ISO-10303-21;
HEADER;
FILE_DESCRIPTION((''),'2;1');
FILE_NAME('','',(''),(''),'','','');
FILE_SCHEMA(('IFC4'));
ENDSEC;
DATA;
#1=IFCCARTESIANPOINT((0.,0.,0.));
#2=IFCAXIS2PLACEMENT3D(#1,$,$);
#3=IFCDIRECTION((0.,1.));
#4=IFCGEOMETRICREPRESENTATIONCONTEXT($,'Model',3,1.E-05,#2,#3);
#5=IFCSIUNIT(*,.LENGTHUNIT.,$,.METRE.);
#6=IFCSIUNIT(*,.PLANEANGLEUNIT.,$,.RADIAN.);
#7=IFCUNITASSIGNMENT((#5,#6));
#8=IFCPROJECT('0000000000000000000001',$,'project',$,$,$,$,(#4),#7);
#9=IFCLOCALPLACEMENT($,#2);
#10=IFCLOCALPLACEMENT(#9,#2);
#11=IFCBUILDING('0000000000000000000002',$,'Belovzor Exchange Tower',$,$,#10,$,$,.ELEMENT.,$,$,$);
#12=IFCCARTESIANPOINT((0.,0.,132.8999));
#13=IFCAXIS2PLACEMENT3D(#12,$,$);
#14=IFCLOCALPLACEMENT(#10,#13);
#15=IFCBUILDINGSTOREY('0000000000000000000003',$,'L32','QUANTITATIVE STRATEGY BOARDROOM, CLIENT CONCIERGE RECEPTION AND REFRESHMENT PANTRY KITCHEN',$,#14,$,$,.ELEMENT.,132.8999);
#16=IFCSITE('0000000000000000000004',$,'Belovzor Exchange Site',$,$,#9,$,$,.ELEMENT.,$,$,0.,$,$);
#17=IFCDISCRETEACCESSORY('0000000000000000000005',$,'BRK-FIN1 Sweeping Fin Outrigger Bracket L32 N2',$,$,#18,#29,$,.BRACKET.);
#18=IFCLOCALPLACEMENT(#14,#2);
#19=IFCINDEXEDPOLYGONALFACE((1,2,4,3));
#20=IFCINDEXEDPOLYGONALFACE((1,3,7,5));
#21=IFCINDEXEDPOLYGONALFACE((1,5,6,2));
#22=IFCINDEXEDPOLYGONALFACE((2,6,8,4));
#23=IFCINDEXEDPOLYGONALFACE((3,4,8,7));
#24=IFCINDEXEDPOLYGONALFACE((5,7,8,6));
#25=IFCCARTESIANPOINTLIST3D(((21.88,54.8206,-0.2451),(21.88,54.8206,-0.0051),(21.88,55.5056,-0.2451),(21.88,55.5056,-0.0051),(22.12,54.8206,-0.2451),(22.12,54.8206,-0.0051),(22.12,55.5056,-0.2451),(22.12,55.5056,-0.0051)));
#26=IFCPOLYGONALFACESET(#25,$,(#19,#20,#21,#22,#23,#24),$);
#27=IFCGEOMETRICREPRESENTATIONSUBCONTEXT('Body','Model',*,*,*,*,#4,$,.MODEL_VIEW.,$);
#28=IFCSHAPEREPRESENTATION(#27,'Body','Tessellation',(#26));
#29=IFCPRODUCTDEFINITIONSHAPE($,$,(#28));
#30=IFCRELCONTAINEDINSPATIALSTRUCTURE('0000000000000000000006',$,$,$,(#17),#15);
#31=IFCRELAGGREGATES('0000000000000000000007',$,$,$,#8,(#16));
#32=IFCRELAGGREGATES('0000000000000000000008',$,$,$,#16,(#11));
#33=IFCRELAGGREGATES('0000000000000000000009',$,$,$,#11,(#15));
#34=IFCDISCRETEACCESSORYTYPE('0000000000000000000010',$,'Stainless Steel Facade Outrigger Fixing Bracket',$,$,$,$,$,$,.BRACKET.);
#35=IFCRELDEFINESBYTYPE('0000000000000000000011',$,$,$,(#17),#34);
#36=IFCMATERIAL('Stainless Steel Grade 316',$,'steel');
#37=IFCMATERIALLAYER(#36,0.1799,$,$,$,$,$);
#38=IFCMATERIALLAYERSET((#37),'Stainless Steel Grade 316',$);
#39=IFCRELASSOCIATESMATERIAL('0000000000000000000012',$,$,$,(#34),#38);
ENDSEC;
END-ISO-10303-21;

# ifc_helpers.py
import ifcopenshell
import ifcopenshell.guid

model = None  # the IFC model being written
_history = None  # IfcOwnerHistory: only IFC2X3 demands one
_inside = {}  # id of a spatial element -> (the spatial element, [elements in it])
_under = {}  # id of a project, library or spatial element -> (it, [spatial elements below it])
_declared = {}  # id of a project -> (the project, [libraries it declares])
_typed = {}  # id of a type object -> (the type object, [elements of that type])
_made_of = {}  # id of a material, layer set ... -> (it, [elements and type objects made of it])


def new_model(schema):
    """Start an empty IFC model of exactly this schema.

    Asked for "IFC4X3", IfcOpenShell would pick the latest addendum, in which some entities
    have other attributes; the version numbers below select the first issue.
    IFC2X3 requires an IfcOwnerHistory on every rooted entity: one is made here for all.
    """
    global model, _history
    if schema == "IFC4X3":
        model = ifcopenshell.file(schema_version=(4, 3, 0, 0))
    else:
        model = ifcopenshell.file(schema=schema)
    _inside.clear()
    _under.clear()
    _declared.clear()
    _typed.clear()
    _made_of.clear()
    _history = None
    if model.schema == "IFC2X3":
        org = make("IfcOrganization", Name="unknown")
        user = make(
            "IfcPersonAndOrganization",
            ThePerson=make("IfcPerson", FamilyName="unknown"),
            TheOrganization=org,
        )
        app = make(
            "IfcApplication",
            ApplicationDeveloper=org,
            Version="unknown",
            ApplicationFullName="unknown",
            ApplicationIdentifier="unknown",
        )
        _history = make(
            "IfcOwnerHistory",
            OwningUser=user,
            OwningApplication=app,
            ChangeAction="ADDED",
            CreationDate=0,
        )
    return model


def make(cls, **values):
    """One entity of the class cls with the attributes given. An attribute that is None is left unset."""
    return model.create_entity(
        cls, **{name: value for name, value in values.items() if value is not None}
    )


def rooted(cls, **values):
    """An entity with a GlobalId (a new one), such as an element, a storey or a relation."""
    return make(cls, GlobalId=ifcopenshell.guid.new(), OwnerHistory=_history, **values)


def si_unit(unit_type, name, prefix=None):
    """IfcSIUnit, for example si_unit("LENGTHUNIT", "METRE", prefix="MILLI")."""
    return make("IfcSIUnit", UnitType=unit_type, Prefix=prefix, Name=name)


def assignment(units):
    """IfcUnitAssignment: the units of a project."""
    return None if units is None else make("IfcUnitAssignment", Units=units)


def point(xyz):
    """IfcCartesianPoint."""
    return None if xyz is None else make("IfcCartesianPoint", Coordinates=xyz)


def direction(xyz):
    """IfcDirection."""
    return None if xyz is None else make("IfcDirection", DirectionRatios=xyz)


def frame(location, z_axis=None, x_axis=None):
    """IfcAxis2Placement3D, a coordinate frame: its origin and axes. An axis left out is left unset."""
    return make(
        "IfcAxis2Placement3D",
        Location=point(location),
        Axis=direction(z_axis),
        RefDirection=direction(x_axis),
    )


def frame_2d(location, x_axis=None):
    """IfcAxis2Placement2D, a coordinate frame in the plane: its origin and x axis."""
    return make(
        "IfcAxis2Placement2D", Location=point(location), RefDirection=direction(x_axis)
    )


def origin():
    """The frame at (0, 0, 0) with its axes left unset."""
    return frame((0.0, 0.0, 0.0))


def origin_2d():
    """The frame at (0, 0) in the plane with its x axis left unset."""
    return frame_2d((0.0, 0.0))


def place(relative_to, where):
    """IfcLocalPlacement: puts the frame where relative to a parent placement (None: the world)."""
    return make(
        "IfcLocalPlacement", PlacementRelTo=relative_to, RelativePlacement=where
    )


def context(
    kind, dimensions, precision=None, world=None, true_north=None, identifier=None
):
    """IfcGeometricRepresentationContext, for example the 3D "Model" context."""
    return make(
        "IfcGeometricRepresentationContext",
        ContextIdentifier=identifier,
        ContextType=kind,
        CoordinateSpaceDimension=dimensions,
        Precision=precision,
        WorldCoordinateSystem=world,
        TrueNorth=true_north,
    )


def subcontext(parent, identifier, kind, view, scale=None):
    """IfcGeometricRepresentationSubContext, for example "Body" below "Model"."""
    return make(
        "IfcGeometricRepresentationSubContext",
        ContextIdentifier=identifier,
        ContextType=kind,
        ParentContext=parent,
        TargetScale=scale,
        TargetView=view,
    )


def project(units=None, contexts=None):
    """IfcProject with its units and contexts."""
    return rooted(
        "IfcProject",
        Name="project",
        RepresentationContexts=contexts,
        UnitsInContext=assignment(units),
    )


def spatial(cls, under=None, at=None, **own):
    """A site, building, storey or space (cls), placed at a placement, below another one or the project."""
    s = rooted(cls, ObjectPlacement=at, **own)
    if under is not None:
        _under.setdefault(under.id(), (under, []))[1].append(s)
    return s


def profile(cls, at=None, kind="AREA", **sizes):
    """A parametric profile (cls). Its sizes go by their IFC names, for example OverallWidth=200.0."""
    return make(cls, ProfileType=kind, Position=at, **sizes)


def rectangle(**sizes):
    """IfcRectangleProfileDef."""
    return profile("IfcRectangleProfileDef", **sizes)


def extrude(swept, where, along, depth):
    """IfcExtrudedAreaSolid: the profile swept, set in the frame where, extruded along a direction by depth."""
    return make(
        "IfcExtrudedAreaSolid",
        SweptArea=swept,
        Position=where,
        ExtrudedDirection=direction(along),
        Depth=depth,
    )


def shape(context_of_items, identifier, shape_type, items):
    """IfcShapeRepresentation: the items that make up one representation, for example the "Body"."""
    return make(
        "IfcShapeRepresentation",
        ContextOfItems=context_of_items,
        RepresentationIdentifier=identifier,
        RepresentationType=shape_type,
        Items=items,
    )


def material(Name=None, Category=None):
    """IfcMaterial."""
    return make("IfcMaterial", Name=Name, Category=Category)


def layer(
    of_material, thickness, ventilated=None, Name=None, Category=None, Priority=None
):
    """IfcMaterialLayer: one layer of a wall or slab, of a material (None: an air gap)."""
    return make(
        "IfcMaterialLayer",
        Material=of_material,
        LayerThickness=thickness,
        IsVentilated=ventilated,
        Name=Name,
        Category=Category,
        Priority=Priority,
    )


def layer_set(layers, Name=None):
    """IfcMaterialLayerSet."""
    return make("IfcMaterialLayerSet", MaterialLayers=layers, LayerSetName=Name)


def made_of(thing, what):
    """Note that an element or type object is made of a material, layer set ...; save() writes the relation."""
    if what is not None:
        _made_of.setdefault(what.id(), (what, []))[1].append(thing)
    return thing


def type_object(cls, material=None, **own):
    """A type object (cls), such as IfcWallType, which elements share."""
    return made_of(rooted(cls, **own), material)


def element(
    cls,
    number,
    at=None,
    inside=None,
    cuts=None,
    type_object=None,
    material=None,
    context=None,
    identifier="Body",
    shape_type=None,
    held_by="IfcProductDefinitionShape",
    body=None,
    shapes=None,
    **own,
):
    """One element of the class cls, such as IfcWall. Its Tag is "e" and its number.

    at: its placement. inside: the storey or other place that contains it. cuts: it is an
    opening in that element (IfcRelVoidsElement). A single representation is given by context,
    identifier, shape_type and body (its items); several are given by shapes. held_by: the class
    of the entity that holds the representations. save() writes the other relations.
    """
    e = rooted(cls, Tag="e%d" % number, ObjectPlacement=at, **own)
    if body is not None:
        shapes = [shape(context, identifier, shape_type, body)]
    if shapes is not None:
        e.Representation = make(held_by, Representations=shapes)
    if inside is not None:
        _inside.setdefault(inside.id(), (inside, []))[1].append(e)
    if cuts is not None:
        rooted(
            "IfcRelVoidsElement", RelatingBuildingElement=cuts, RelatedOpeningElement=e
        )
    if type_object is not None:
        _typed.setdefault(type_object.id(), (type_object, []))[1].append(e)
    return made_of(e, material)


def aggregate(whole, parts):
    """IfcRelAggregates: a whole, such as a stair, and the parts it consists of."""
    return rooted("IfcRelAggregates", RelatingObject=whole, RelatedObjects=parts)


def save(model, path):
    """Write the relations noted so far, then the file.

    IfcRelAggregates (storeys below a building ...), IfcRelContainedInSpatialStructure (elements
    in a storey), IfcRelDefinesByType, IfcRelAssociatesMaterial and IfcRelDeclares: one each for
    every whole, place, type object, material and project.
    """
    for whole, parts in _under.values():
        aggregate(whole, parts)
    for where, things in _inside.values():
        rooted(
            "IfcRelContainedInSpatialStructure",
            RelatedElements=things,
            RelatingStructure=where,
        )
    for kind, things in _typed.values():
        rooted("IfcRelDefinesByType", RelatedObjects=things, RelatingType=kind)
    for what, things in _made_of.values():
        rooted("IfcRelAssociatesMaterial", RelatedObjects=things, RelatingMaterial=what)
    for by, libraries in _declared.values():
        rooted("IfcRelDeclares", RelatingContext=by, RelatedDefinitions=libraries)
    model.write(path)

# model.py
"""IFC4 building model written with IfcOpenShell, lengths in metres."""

from ifc_helpers import new_model, si_unit, direction, frame, origin, origin_2d, place, context, subcontext, project, spatial, rectangle, extrude, material, layer, layer_set, type_object, element, save


model = new_model("IFC4")

# Units and contexts
model_context = context("Model", 3, precision=1e-05, world=origin(), true_north=direction((0.0, 1.0)))
body_context = subcontext(model_context, "Body", "Model", "MODEL_VIEW")
ifc_project = project(units=[si_unit("LENGTHUNIT", "METRE"), si_unit("PLANEANGLEUNIT", "RADIAN")], contexts=[model_context])

# Site, building, storey
site_placement = place(None, origin())
site = spatial("IfcSite", under=ifc_project, at=site_placement, Name="Belovzor Exchange Site", CompositionType="ELEMENT", RefElevation=0.0)
building_placement = place(site_placement, origin())
building = spatial("IfcBuilding", under=site, at=building_placement, Name="Belovzor Exchange Tower", CompositionType="ELEMENT")
storey_placement = place(building_placement, frame((0.0, 0.0, 132.8999)))
storey = spatial("IfcBuildingStorey", under=building, at=storey_placement, Name="L32", Description="QUANTITATIVE STRATEGY BOARDROOM, CLIENT CONCIERGE RECEPTION AND REFRESHMENT PANTRY KITCHEN", CompositionType="ELEMENT", Elevation=132.8999)

# Discrete accessory
ifc_material_1 = material(Name="Stainless Steel Grade 316", Category="steel")
ifc_layer_1 = layer(ifc_material_1, 0.1799)
ifc_layer_set_1 = layer_set([ifc_layer_1], Name="Stainless Steel Grade 316")
discrete_accessory_type = type_object("IfcDiscreteAccessoryType", Name="Stainless Steel Facade Outrigger Fixing Bracket", PredefinedType="BRACKET", material=ifc_layer_set_1)
for number, where, z_axis, x_axis, name in (
    (1, (22.0, 55.1631, -0.2451), (0.0, 0.0, 1.0), (0.0, 1.0, 0.0), "BRK-FIN1 Sweeping Fin Outrigger Bracket L32 N2"),
):
    element("IfcDiscreteAccessory", number, at=place(storey_placement, frame(where, z_axis=z_axis, x_axis=x_axis)), inside=storey, type_object=discrete_accessory_type, Name=name, PredefinedType="BRACKET", context=body_context, shape_type="SweptSolid", body=[
        extrude(rectangle(XDim=0.6851, YDim=0.24, at=origin_2d()), origin(), (0.0, 0.0, 1.0), 0.24),
    ])

save(model, "model.ifc")
